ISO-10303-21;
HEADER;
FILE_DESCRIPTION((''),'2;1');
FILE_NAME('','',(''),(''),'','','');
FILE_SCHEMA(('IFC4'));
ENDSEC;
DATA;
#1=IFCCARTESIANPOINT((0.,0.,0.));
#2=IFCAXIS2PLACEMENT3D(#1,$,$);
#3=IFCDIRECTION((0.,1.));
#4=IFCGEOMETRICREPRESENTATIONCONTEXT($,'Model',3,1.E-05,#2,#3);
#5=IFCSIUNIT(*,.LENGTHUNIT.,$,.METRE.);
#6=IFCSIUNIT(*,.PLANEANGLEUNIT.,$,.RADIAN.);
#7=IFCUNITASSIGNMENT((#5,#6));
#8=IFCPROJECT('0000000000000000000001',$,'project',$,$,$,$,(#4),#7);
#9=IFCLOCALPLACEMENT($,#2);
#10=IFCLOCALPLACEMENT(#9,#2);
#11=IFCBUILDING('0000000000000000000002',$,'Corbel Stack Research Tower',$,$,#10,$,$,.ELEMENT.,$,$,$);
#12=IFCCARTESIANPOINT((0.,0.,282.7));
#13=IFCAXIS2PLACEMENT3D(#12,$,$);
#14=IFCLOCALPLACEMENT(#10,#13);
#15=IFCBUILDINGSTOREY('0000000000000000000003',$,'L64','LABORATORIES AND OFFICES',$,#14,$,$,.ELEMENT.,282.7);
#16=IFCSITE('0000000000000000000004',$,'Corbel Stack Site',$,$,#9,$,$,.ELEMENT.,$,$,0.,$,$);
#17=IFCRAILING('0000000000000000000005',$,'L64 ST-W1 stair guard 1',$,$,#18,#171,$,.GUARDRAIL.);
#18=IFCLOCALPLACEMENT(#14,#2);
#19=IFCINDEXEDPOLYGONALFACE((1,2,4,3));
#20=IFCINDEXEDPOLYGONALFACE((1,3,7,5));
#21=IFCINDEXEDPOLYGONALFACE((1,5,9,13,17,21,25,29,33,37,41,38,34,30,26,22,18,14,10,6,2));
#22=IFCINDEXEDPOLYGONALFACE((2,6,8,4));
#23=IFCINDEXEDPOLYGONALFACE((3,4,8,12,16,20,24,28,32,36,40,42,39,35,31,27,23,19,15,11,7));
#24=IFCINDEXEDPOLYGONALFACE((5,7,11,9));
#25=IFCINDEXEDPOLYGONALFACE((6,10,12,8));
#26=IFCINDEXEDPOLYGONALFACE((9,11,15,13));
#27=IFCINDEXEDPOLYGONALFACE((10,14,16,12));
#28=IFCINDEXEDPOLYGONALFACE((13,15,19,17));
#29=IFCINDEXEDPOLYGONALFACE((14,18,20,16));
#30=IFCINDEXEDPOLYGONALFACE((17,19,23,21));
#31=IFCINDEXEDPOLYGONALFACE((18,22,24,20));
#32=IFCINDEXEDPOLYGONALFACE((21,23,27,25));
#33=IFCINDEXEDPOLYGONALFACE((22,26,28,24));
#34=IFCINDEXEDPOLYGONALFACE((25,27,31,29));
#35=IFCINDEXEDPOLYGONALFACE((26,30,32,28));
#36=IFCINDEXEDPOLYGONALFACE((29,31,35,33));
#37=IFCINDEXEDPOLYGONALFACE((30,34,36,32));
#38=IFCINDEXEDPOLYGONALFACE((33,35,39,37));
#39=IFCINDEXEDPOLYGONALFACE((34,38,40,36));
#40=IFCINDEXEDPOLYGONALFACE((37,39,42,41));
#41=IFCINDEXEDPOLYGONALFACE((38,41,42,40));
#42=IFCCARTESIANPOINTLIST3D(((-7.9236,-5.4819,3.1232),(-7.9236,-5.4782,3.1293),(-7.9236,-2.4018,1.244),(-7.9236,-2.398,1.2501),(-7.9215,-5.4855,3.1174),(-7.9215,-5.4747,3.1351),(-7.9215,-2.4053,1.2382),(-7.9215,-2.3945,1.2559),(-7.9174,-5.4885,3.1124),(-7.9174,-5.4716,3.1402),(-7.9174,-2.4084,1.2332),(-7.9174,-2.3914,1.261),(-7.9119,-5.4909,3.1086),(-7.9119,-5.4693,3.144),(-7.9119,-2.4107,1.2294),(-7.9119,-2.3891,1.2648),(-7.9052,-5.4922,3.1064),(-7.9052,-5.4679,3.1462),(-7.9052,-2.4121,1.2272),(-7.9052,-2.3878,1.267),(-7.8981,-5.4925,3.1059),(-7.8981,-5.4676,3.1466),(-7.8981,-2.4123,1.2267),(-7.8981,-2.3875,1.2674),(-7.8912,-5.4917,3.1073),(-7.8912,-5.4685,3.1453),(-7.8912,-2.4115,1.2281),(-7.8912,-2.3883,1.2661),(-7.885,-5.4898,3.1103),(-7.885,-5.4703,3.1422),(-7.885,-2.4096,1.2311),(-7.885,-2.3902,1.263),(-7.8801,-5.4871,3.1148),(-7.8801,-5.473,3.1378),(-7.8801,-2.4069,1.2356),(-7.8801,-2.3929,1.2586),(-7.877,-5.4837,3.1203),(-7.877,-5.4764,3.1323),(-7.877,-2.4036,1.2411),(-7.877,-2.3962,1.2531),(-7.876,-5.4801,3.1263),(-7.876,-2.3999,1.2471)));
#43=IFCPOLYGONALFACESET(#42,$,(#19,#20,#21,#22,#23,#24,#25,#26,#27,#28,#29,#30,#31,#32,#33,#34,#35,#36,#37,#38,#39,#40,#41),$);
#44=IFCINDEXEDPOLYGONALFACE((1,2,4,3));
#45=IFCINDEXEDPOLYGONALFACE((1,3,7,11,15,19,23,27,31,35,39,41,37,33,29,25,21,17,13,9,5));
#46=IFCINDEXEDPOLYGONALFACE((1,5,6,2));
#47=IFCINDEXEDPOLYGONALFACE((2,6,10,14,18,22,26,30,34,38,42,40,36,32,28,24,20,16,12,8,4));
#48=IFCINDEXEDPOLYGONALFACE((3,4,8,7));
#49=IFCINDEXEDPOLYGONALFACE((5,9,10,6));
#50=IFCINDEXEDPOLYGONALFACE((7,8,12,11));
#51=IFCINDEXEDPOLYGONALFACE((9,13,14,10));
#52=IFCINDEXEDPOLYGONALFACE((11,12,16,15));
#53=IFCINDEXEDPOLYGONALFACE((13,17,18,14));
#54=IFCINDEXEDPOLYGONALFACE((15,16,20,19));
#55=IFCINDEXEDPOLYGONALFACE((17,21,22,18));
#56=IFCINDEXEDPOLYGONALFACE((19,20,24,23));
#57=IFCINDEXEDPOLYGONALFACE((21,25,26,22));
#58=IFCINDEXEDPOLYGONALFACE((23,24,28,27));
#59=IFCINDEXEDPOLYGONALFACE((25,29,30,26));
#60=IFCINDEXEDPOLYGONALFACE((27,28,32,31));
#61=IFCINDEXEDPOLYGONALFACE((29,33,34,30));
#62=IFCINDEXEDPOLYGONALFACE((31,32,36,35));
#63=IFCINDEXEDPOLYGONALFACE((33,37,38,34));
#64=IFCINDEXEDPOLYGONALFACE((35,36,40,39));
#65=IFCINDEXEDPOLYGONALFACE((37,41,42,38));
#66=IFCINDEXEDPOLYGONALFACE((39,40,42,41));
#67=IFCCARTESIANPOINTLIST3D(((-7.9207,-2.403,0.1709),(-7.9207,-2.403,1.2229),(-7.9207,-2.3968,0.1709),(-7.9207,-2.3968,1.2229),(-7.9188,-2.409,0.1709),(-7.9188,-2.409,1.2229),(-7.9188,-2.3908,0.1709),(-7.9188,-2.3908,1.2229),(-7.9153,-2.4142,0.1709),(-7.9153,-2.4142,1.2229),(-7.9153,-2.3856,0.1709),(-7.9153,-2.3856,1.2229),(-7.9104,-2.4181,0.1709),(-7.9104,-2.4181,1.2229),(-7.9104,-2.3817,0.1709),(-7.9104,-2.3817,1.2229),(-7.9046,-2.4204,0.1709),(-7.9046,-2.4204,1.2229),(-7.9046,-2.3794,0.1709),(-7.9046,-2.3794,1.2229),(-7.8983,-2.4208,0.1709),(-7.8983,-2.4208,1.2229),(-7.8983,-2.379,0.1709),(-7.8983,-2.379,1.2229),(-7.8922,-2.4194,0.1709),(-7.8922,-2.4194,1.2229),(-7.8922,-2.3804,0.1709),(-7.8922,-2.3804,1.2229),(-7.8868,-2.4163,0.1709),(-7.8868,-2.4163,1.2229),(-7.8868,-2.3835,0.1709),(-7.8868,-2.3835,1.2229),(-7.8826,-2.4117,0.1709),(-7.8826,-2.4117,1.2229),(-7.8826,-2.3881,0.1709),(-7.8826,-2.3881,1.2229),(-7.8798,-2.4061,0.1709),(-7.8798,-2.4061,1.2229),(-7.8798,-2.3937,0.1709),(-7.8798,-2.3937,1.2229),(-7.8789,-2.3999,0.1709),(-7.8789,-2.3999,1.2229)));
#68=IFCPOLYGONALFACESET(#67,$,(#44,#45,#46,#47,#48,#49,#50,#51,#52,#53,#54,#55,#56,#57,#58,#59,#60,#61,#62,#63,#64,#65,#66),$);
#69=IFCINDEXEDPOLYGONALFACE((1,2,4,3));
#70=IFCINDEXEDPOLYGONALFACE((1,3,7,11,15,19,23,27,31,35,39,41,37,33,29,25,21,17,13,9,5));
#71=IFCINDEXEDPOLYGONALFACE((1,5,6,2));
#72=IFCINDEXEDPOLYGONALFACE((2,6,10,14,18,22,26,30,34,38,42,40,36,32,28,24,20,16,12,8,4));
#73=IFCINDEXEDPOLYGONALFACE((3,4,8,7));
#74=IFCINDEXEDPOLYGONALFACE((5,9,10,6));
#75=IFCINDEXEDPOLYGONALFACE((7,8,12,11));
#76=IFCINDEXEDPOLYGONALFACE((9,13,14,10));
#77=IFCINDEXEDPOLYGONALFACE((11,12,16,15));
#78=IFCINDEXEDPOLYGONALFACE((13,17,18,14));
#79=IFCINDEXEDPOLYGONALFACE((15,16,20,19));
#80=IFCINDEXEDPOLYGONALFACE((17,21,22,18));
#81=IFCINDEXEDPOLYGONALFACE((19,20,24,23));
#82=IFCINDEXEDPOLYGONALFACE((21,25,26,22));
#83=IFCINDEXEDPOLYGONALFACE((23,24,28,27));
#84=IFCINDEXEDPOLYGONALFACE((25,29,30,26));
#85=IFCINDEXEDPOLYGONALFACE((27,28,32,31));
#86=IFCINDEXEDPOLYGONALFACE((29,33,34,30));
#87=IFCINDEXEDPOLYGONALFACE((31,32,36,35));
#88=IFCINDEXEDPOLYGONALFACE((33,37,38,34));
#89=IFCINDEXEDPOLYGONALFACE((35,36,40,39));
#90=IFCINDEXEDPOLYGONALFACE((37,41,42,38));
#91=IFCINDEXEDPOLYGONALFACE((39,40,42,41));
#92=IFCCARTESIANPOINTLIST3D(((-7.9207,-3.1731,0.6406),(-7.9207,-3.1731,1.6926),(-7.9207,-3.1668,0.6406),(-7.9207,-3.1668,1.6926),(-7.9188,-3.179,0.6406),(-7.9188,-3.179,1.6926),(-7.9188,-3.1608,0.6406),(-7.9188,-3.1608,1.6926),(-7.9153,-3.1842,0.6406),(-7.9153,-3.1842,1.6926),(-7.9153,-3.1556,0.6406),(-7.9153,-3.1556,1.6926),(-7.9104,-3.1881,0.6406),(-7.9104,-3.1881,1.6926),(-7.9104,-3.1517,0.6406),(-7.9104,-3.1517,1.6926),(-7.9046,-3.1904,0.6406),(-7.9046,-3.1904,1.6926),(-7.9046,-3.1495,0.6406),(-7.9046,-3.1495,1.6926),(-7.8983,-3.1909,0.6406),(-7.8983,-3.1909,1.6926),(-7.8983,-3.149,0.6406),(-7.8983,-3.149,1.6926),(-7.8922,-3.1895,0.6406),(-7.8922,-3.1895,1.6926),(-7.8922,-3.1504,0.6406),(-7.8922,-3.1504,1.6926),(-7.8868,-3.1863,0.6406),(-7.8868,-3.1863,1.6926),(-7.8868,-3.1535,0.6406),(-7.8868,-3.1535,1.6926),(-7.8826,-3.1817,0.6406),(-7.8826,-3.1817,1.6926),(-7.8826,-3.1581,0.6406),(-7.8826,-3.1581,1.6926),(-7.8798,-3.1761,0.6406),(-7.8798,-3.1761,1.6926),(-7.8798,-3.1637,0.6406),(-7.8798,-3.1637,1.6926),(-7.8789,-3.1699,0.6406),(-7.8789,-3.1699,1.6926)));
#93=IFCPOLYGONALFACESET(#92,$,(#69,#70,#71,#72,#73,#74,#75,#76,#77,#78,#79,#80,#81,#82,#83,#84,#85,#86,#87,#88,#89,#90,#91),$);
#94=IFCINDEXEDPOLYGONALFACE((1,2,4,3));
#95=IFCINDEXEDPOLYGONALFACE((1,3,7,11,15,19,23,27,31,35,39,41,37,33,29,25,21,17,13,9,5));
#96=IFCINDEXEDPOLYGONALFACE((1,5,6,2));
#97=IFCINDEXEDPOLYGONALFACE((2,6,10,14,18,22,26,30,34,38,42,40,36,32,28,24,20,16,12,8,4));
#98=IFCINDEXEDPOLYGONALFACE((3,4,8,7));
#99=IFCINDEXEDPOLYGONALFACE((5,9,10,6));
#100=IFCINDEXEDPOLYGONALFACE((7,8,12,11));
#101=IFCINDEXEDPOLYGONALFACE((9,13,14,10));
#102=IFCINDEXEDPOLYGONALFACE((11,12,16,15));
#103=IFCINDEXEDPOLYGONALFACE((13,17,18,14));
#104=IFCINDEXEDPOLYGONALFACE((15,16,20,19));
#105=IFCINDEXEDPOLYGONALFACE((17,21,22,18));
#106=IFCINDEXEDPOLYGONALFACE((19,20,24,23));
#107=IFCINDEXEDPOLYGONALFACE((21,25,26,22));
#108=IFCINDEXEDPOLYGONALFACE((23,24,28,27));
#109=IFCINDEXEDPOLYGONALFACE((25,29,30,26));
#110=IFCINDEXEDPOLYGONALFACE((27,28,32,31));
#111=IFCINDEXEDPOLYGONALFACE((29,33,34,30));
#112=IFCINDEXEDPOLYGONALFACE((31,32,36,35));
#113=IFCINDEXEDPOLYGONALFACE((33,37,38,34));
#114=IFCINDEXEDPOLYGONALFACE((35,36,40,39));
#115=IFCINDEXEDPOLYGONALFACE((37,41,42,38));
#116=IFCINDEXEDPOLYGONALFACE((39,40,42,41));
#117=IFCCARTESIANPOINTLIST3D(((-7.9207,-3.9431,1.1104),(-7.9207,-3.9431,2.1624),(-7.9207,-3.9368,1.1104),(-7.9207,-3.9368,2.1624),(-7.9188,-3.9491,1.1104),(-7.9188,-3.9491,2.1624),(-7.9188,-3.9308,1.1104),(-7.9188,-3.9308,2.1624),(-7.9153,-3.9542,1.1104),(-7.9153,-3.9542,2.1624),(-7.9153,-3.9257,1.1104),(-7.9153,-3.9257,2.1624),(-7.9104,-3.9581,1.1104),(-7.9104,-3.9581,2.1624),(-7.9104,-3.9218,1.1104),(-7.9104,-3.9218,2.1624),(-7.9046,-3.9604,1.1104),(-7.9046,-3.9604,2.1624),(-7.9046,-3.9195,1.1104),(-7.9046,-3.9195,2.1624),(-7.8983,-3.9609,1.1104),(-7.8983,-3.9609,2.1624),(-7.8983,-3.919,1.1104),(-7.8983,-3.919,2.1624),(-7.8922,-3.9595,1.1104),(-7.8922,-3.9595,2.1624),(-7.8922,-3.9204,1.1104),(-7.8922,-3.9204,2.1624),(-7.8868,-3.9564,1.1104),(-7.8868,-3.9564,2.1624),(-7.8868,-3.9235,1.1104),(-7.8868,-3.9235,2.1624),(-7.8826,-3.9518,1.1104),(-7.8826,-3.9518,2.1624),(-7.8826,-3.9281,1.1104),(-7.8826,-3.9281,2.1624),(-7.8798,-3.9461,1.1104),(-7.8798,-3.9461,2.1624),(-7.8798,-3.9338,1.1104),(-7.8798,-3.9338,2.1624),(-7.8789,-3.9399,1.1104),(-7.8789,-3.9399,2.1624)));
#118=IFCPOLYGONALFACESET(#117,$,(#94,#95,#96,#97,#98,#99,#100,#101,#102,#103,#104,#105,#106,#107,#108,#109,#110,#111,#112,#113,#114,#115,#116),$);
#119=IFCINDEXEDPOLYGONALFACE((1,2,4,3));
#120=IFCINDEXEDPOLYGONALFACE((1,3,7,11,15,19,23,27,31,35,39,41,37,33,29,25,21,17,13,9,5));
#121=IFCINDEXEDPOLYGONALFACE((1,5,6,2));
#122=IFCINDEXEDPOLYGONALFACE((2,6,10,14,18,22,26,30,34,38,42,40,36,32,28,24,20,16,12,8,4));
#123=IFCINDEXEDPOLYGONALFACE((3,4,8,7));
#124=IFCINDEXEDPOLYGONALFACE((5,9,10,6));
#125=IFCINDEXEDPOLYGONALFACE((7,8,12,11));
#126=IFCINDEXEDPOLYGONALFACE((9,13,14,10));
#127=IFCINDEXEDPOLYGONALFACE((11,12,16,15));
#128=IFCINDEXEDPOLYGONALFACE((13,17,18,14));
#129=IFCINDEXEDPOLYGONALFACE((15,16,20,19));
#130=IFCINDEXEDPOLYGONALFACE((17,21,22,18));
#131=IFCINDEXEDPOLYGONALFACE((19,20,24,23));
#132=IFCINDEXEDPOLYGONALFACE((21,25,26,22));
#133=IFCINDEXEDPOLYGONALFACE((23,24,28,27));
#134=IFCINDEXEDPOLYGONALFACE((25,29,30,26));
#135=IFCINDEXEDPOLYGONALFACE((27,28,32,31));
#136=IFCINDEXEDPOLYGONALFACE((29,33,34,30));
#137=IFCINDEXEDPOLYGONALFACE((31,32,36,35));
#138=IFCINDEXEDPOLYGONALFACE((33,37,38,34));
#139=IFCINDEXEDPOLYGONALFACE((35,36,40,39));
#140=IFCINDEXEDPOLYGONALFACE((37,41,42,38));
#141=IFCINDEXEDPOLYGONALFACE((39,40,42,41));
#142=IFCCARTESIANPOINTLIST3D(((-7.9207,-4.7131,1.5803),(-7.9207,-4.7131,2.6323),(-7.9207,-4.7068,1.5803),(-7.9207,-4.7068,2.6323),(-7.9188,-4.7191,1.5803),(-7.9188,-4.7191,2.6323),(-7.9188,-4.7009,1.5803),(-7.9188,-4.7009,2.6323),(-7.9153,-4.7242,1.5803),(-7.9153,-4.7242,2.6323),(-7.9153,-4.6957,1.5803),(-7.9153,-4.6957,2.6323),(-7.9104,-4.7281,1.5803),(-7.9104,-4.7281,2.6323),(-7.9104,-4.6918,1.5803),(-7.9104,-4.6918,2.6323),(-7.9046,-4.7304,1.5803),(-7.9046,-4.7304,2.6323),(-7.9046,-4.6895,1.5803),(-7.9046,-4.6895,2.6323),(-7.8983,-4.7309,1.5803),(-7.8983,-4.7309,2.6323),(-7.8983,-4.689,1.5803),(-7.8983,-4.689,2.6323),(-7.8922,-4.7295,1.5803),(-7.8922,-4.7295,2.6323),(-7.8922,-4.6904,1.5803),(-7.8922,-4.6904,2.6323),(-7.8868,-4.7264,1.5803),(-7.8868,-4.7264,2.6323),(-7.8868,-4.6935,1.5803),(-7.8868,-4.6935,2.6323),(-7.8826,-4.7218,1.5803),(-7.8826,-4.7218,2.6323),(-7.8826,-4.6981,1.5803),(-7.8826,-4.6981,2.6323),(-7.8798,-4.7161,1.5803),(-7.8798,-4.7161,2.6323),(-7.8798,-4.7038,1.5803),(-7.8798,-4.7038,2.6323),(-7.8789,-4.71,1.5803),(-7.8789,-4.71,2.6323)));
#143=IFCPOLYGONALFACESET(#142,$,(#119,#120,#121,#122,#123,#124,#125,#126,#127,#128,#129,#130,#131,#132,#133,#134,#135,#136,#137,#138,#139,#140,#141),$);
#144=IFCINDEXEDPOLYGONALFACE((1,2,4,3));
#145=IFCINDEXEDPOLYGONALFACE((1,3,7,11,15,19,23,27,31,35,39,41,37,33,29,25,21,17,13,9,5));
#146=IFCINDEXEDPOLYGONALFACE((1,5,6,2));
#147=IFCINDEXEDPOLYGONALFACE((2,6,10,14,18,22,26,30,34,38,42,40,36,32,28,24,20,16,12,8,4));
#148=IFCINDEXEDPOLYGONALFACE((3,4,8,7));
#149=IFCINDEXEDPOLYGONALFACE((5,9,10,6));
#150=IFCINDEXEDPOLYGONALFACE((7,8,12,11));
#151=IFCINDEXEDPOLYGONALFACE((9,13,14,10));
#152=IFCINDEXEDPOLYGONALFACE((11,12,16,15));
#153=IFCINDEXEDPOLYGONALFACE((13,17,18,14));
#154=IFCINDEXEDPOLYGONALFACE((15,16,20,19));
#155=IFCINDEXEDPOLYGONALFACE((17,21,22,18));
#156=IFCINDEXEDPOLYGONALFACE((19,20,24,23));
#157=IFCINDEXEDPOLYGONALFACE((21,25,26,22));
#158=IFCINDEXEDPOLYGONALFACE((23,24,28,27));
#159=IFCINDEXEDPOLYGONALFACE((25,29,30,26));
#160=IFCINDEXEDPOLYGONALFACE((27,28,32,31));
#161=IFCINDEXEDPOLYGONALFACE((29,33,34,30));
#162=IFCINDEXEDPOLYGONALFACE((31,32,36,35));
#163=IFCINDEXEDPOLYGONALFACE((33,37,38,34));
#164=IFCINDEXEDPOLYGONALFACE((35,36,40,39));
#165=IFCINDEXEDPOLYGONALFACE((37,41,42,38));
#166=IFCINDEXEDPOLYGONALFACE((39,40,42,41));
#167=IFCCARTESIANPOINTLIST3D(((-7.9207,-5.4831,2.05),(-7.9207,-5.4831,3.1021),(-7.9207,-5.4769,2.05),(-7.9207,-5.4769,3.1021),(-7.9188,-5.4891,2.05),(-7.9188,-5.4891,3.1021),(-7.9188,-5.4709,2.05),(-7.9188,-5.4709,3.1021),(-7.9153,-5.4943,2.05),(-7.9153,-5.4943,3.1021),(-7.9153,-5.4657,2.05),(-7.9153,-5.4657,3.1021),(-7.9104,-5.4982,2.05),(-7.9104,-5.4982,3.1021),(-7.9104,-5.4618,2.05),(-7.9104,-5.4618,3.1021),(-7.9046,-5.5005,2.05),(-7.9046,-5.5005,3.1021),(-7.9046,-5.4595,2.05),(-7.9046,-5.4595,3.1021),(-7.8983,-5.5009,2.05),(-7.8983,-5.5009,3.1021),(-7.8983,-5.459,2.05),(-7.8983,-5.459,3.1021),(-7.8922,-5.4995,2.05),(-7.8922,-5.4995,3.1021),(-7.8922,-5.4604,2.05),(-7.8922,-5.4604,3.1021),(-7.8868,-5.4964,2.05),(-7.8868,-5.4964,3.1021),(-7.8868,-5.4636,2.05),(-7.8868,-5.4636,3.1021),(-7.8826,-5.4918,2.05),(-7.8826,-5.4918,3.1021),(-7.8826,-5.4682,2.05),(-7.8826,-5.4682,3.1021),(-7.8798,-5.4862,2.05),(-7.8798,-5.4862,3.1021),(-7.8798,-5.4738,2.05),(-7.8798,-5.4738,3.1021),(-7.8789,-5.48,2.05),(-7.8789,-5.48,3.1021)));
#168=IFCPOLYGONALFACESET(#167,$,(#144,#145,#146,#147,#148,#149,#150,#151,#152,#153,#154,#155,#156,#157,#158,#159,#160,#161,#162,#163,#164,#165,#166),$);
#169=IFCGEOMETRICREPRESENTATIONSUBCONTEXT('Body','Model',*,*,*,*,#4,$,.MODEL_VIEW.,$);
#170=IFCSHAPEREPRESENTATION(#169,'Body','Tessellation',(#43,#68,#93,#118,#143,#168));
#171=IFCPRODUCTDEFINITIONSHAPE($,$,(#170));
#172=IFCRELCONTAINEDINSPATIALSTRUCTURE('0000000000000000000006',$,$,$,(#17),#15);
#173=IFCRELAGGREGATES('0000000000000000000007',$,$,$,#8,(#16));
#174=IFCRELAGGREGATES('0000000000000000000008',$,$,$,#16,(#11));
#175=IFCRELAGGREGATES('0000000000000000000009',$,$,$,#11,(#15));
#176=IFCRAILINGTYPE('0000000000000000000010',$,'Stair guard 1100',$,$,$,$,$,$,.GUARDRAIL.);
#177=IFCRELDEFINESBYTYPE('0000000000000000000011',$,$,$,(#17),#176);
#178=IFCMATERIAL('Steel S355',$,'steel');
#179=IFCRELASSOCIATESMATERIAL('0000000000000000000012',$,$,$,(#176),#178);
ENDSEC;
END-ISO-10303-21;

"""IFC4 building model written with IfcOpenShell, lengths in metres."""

from ifc_helpers import new_model, si_unit, direction, frame, origin, origin_2d, place, context, subcontext, project, spatial, circle, extrude, material, type_object, element, save


model = new_model("IFC4")

# Units and contexts
model_context = context("Model", 3, precision=1e-05, world=origin(), true_north=direction((0.0, 1.0)))
body_context = subcontext(model_context, "Body", "Model", "MODEL_VIEW")
ifc_project = project(units=[si_unit("LENGTHUNIT", "METRE"), si_unit("PLANEANGLEUNIT", "RADIAN")], contexts=[model_context])

# Site, building, storey
site_placement = place(None, origin())
site = spatial("IfcSite", under=ifc_project, at=site_placement, Name="Corbel Stack Site", CompositionType="ELEMENT", RefElevation=0.0)
building_placement = place(site_placement, origin())
building = spatial("IfcBuilding", under=site, at=building_placement, Name="Corbel Stack Research Tower", CompositionType="ELEMENT")
storey_placement = place(building_placement, frame((0.0, 0.0, 282.7)))
storey = spatial("IfcBuildingStorey", under=building, at=storey_placement, Name="L64", Description="LABORATORIES AND OFFICES", CompositionType="ELEMENT", Elevation=282.7)

# Railing
ifc_material_1 = material(Name="Steel S355", Category="steel")
railing_type_1 = type_object("IfcRailingType", Name="Stair guard 1100", PredefinedType="GUARDRAIL", material=ifc_material_1)
railing_1_placement = place(storey_placement, frame((-7.8999, -2.3999, 0.1709)))
element("IfcRailing", 1, at=railing_1_placement, inside=storey, type_object=railing_type_1, Name="L64 ST-W1 stair guard 1", PredefinedType="GUARDRAIL", context=body_context, shape_type="SweptSolid", body=[
    extrude(circle(Radius=0.0239, at=origin_2d()), frame((0.0, 0.0, 1.0762), z_axis=(0.0, -0.853666, 0.52082), x_axis=(1.0, 0.0, 0.0)), (0.0, 0.0, 1.0), 3.6082),
    extrude(circle(Radius=0.021, at=origin_2d()), origin(), (0.0, 0.0, 1.0), 1.052),
    extrude(circle(Radius=0.021, at=origin_2d()), frame((0.0, -0.77, 0.4697)), (0.0, 0.0, 1.0), 1.052),
    extrude(circle(Radius=0.021, at=origin_2d()), frame((0.0, -1.54, 0.9395)), (0.0, 0.0, 1.0), 1.052),
    extrude(circle(Radius=0.021, at=origin_2d()), frame((0.0, -2.3101, 1.4094)), (0.0, 0.0, 1.0), 1.052),
    extrude(circle(Radius=0.021, at=origin_2d()), frame((0.0, -3.0801, 1.8792)), (0.0, 0.0, 1.0), 1.052),
])

save(model, "model.ifc")
